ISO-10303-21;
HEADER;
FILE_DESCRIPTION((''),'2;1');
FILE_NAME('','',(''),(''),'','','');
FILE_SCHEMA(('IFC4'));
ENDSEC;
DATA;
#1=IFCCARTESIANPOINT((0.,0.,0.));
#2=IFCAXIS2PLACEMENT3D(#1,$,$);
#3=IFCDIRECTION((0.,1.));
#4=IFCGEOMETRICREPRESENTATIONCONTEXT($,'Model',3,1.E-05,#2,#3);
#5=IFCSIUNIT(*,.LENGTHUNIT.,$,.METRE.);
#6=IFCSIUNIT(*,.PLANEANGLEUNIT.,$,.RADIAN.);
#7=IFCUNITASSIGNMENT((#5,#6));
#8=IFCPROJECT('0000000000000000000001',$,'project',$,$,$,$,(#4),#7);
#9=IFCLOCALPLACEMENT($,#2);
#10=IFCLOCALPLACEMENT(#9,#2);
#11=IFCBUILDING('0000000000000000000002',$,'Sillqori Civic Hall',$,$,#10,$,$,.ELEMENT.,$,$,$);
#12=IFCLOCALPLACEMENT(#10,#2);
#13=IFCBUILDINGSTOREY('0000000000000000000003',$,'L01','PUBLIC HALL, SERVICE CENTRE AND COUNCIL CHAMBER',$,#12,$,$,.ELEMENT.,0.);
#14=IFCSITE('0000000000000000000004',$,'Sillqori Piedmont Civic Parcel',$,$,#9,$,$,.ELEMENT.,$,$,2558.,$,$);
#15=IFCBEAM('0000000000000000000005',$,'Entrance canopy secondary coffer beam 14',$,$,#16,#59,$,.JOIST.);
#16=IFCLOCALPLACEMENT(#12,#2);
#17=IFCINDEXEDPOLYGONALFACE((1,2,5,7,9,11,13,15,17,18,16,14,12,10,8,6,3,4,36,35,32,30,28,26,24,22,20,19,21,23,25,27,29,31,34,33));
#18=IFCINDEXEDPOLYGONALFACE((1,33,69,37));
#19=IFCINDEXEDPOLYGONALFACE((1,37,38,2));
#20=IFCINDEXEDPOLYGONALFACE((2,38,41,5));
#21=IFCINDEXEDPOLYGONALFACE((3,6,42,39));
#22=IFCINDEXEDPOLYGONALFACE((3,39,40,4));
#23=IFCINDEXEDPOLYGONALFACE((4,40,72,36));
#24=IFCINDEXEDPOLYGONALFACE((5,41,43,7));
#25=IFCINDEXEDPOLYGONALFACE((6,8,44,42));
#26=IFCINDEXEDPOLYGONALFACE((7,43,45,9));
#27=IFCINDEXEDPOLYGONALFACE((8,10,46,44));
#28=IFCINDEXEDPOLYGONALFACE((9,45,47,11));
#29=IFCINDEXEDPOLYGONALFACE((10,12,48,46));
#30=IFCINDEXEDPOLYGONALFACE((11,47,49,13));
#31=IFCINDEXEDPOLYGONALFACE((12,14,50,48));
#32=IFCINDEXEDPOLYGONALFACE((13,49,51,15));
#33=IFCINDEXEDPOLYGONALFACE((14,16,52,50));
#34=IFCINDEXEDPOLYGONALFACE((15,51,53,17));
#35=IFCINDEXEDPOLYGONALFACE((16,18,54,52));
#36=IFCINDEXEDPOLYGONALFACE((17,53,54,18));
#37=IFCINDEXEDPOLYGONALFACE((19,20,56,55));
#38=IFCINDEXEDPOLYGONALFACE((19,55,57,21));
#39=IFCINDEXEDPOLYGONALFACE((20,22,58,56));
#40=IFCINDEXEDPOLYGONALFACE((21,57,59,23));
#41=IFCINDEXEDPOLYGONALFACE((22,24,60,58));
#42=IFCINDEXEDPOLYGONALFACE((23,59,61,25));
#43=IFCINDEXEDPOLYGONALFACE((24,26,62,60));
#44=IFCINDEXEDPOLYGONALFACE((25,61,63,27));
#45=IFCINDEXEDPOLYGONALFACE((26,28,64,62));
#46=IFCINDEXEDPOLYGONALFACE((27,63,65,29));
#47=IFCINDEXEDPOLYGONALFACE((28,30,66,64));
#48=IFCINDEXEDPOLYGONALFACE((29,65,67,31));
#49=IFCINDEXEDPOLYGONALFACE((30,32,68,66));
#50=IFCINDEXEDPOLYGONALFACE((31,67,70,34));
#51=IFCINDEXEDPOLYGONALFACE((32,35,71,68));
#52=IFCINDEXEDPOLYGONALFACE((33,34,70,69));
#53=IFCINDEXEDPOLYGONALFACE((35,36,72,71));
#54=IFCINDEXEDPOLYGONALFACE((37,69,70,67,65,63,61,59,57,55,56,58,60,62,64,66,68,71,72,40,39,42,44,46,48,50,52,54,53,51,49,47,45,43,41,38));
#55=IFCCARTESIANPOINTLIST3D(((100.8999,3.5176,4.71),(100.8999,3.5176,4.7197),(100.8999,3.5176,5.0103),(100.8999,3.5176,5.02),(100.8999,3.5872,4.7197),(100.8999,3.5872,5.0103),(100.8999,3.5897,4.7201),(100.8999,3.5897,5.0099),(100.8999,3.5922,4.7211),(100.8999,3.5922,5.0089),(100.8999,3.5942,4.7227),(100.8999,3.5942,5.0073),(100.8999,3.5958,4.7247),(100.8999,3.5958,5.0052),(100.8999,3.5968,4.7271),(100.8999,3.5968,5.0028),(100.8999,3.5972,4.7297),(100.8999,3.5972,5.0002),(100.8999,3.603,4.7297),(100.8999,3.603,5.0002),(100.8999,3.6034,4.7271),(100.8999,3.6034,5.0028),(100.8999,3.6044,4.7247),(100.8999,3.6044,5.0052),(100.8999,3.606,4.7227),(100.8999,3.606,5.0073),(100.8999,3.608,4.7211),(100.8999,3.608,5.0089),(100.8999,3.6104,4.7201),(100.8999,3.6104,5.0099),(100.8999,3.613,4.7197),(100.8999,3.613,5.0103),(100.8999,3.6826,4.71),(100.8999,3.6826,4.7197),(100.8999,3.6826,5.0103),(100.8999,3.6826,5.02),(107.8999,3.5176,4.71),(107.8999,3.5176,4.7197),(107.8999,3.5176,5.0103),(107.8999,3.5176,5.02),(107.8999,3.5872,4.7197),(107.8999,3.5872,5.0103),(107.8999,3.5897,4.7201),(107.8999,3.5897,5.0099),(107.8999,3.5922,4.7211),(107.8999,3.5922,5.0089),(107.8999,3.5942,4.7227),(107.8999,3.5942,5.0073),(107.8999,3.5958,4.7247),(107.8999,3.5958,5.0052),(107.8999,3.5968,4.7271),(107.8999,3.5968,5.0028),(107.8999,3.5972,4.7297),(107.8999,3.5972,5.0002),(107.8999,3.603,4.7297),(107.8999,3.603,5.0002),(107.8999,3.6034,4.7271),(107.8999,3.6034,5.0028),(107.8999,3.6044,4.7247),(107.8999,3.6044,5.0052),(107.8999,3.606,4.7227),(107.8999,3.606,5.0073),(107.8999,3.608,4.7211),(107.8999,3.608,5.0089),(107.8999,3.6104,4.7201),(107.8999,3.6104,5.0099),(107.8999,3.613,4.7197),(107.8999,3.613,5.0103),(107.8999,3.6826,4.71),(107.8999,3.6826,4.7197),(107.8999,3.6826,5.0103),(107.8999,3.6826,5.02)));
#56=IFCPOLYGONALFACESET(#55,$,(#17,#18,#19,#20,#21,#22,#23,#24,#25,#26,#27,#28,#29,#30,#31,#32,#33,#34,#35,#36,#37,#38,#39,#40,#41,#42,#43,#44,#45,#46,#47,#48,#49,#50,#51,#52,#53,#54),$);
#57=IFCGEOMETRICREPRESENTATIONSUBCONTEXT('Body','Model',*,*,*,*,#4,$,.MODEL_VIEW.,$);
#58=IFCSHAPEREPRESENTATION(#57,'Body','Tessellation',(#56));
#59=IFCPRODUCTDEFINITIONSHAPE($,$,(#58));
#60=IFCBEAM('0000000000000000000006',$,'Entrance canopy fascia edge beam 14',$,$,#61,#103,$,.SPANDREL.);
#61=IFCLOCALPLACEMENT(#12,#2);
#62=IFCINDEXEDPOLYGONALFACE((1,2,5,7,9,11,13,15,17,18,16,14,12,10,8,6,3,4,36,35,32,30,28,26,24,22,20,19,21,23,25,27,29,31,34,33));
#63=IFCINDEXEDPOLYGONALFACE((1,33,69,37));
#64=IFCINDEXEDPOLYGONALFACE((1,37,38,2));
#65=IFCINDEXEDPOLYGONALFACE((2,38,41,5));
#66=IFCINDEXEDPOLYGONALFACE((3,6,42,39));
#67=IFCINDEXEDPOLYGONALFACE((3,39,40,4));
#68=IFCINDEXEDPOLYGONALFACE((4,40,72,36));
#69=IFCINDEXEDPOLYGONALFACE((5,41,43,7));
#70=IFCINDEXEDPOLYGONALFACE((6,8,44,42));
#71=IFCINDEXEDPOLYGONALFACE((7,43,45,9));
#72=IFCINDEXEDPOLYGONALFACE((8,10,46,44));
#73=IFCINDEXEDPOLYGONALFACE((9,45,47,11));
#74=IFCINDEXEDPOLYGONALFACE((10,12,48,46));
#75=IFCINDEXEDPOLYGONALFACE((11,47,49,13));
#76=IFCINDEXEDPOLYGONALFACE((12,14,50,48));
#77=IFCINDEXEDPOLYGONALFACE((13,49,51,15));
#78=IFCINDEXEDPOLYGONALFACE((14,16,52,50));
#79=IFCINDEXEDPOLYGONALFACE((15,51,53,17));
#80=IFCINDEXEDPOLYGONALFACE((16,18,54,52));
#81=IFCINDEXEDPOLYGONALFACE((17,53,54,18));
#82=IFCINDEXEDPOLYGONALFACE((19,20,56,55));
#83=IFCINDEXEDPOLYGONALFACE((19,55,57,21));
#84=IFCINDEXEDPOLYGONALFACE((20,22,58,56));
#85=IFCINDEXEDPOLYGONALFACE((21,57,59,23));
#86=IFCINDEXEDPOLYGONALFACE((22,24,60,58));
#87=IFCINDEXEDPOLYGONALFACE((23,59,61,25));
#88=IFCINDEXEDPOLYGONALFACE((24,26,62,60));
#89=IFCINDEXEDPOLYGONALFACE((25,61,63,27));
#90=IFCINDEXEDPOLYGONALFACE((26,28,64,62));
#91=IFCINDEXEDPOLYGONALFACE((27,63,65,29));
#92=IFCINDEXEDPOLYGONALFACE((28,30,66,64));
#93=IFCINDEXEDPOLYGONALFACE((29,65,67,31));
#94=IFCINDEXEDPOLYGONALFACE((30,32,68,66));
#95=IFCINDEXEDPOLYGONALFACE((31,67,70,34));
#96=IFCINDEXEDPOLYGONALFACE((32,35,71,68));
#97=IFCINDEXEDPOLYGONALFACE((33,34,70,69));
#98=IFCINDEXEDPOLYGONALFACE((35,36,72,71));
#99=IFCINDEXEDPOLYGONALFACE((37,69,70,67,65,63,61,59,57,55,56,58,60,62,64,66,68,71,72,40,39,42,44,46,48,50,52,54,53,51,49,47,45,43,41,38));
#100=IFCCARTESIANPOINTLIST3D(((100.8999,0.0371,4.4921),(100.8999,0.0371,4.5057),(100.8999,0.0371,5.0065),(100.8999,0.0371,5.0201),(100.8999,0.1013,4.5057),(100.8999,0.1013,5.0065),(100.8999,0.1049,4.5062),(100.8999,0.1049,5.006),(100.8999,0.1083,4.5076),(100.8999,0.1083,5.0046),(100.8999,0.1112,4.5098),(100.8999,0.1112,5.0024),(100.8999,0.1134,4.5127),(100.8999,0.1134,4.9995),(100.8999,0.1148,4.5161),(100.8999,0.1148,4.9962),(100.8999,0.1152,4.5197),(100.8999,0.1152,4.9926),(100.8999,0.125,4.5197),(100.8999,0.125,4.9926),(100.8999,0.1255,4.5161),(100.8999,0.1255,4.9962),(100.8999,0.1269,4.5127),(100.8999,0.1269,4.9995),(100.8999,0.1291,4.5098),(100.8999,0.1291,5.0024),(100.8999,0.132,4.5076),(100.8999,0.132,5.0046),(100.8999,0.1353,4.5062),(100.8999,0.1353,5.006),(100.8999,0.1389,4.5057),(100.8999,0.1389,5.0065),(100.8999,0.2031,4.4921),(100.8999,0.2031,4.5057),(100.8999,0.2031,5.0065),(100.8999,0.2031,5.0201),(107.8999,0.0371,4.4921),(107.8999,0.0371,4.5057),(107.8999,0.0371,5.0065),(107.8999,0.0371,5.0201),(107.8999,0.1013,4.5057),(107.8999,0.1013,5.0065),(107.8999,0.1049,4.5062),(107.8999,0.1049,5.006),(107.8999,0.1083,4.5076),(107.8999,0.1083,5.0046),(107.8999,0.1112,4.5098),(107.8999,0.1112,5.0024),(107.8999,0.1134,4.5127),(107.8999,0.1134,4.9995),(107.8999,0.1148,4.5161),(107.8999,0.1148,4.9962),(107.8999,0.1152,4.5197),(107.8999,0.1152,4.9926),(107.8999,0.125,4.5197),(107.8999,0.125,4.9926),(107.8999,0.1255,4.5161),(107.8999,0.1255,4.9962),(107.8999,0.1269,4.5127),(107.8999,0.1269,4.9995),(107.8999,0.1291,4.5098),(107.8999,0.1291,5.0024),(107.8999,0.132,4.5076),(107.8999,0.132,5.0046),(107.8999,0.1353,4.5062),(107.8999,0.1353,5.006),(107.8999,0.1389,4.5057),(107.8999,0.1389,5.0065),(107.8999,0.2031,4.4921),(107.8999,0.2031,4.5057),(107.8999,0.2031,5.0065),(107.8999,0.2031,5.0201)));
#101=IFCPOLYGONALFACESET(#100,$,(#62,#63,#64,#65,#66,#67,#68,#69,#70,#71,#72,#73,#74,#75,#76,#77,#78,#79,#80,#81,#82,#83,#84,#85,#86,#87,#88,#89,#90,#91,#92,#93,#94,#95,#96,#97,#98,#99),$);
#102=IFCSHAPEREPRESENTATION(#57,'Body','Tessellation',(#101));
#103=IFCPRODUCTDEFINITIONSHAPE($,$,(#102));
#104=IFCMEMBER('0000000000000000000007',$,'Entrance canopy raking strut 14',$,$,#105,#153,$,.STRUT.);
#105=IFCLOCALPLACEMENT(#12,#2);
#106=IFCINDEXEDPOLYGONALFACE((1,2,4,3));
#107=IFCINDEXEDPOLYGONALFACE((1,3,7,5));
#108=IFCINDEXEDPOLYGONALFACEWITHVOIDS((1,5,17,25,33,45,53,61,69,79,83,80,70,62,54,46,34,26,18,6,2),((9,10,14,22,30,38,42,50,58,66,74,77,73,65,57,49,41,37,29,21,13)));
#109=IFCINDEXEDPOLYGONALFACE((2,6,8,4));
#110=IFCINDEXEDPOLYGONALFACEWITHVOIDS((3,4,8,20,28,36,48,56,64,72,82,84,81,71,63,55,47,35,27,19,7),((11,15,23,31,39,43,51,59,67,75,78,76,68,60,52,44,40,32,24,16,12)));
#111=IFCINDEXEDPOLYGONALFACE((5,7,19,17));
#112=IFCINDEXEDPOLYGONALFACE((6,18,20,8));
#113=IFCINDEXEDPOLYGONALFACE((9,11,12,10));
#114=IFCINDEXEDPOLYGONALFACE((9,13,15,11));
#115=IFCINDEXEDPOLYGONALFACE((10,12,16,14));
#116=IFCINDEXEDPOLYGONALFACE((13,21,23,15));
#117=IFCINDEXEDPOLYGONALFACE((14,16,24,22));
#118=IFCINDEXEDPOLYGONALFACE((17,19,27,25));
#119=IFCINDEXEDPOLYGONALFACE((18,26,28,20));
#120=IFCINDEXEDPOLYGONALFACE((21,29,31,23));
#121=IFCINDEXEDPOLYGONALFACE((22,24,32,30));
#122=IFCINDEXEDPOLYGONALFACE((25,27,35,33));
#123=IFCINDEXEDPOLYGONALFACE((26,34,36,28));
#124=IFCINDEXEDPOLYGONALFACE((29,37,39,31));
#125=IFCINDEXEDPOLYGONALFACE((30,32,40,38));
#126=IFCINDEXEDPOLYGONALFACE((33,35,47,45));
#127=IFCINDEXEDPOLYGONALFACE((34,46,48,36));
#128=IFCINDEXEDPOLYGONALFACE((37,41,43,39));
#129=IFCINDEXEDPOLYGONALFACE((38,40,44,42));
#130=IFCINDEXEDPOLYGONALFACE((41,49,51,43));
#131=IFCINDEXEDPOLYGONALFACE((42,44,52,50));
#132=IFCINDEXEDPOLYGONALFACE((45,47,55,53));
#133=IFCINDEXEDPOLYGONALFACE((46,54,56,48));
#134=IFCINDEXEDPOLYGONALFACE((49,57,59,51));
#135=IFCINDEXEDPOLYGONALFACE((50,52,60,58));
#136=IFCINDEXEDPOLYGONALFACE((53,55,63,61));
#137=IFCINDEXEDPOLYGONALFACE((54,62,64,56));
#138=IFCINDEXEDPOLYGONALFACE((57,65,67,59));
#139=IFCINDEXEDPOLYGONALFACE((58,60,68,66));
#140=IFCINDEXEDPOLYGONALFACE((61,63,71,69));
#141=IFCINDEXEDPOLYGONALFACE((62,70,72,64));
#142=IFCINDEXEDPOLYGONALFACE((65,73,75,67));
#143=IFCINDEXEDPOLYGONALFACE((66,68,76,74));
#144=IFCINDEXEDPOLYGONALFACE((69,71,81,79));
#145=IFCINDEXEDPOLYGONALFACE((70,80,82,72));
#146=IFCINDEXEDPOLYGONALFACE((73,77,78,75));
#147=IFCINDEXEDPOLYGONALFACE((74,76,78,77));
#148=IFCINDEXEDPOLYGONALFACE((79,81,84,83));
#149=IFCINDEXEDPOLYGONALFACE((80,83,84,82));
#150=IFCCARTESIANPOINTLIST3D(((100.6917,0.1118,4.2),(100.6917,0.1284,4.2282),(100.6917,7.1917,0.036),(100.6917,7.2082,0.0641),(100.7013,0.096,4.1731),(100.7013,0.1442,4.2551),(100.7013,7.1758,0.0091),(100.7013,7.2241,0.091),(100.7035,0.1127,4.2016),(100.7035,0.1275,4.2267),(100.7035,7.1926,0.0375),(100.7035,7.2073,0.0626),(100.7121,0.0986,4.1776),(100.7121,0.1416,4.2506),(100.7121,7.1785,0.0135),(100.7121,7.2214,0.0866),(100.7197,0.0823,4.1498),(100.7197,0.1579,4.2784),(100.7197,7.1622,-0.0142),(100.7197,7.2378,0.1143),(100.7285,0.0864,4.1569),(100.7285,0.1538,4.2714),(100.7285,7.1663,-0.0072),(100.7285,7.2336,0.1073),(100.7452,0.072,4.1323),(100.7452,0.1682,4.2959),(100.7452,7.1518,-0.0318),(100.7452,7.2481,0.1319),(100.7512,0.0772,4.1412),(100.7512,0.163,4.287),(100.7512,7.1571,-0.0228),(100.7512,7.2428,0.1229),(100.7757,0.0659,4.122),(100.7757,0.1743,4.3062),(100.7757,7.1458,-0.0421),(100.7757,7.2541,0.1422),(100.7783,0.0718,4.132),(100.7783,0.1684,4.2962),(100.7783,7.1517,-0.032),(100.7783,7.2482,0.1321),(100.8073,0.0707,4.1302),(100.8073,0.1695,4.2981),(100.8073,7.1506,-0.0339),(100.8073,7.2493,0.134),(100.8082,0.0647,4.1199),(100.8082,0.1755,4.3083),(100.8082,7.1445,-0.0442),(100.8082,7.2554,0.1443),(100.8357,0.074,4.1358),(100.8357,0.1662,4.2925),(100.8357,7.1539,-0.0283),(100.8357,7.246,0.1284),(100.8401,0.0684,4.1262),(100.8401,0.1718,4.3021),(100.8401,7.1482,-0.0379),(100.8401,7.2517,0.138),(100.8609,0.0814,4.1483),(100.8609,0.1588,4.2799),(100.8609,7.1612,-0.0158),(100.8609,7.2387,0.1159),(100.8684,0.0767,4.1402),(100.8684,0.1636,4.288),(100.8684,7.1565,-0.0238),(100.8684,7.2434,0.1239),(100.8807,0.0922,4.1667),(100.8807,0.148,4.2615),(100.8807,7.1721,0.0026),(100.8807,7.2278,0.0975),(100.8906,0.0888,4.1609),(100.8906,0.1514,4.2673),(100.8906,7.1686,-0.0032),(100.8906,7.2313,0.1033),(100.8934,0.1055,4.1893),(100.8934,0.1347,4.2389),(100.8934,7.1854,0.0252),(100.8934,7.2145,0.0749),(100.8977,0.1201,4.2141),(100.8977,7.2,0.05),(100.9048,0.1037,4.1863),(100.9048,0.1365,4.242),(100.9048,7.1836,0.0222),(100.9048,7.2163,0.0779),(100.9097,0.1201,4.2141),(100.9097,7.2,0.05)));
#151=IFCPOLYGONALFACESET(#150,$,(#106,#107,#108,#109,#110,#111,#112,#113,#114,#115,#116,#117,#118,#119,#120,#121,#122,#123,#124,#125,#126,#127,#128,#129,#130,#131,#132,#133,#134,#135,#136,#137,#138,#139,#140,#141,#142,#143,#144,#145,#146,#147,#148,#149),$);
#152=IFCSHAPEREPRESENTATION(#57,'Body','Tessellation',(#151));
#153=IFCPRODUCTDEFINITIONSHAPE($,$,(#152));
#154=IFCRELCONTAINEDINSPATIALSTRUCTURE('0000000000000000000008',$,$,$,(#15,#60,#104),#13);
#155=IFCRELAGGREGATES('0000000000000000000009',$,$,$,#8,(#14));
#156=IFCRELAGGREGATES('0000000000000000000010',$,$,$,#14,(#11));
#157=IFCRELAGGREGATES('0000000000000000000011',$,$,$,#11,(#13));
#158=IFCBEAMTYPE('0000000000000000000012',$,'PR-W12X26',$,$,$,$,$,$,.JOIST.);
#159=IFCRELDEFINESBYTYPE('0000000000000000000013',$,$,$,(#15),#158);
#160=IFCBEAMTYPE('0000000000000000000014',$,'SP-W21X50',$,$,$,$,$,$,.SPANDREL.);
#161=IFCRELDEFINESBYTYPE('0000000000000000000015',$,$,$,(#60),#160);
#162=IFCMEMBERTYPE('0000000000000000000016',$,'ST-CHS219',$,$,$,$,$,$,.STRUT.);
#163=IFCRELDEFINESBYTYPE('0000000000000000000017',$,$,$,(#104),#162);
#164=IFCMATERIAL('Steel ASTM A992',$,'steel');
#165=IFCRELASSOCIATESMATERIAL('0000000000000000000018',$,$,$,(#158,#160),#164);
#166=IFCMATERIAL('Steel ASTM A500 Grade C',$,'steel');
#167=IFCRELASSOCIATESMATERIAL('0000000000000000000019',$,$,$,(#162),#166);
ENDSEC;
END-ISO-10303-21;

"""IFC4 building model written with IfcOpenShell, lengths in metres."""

from ifc_helpers import new_model, si_unit, direction, frame, origin, origin_2d, place, context, subcontext, project, spatial, hollow_circle, i_section, extrude, material, material_profile, profile_set, type_object, element, save


model = new_model("IFC4")

# Units and contexts
model_context = context("Model", 3, precision=1e-05, world=origin(), true_north=direction((0.0, 1.0)))
body_context = subcontext(model_context, "Body", "Model", "MODEL_VIEW")
ifc_project = project(units=[si_unit("LENGTHUNIT", "METRE"), si_unit("PLANEANGLEUNIT", "RADIAN")], contexts=[model_context])

# Site, building, storey
site_placement = place(None, origin())
site = spatial("IfcSite", under=ifc_project, at=site_placement, Name="Sillqori Piedmont Civic Parcel", CompositionType="ELEMENT", RefElevation=2558.0)
building_placement = place(site_placement, origin())
building = spatial("IfcBuilding", under=site, at=building_placement, Name="Sillqori Civic Hall", CompositionType="ELEMENT")
storey_placement = place(building_placement, origin())
storey = spatial("IfcBuildingStorey", under=building, at=storey_placement, Name="L01", Description="PUBLIC HALL, SERVICE CENTRE AND COUNCIL CHAMBER", CompositionType="ELEMENT", Elevation=0.0)

# Shared definitions
ifc_material_1 = material(Name="Steel ASTM A992", Category="steel")

# Beams
ifc_material_profile_1 = material_profile(ifc_material_1, i_section(OverallWidth=0.165, OverallDepth=0.3101, WebThickness=0.0059, FlangeThickness=0.0098, FilletRadius=0.01, at=origin_2d()), Name="W12X26")
ifc_profile_set_1 = profile_set([ifc_material_profile_1], Name="Steel ASTM A992")
beam_type_1 = type_object("IfcBeamType", Name="PR-W12X26", PredefinedType="JOIST", material=ifc_profile_set_1)
beam_1_placement = place(storey_placement, frame((100.8999, 3.6001, 4.865), z_axis=(1.0, 0.0, 0.0), x_axis=(0.0, 1.0, 0.0)))
element("IfcBeam", 1, at=beam_1_placement, inside=storey, type_object=beam_type_1, Name="Entrance canopy secondary coffer beam 14", PredefinedType="JOIST", context=body_context, shape_type="SweptSolid", body=[
    extrude(i_section(OverallWidth=0.165, OverallDepth=0.3101, WebThickness=0.0059, FlangeThickness=0.0098, FilletRadius=0.01, at=origin_2d()), origin(), (0.0, 0.0, 1.0), 7.0),
])
ifc_material_profile_2 = material_profile(ifc_material_1, i_section(OverallWidth=0.166, OverallDepth=0.5281, WebThickness=0.0098, FlangeThickness=0.0137, FilletRadius=0.0139, at=origin_2d()), Name="W21X50")
ifc_profile_set_2 = profile_set([ifc_material_profile_2], Name="Steel ASTM A992")
beam_type_2 = type_object("IfcBeamType", Name="SP-W21X50", PredefinedType="SPANDREL", material=ifc_profile_set_2)
beam_2_placement = place(storey_placement, frame((100.8999, 0.1201, 4.7561), z_axis=(1.0, 0.0, 0.0), x_axis=(0.0, 1.0, 0.0)))
element("IfcBeam", 2, at=beam_2_placement, inside=storey, type_object=beam_type_2, Name="Entrance canopy fascia edge beam 14", PredefinedType="SPANDREL", context=body_context, shape_type="SweptSolid", body=[
    extrude(i_section(OverallWidth=0.166, OverallDepth=0.5281, WebThickness=0.0098, FlangeThickness=0.0137, FilletRadius=0.0139, at=origin_2d()), origin(), (0.0, 0.0, 1.0), 7.0),
])

# Member
ifc_material_2 = material(Name="Steel ASTM A500 Grade C", Category="steel")
ifc_material_profile_3 = material_profile(ifc_material_2, hollow_circle(Radius=0.1096, WallThickness=0.012, at=origin_2d()), Name="CHS219X12")
ifc_profile_set_3 = profile_set([ifc_material_profile_3], Name="Steel ASTM A500 Grade C")
member_type_1 = type_object("IfcMemberType", Name="ST-CHS219", PredefinedType="STRUT", material=ifc_profile_set_3)
for number, where, z_axis, x_axis, name in (
    (3, (100.8, 7.2, 0.05), (0.0, -0.861963, 0.506971), (1.0, 0.0, 0.0), "Entrance canopy raking strut 14"),
):
    element("IfcMember", number, at=place(storey_placement, frame(where, z_axis=z_axis, x_axis=x_axis)), inside=storey, type_object=member_type_1, Name=name, PredefinedType="STRUT", context=body_context, shape_type="SweptSolid", body=[
        extrude(hollow_circle(Radius=0.1096, WallThickness=0.012, at=origin_2d()), origin(), (0.0, 0.0, 1.0), 8.2136),
    ])

save(model, "model.ifc")
